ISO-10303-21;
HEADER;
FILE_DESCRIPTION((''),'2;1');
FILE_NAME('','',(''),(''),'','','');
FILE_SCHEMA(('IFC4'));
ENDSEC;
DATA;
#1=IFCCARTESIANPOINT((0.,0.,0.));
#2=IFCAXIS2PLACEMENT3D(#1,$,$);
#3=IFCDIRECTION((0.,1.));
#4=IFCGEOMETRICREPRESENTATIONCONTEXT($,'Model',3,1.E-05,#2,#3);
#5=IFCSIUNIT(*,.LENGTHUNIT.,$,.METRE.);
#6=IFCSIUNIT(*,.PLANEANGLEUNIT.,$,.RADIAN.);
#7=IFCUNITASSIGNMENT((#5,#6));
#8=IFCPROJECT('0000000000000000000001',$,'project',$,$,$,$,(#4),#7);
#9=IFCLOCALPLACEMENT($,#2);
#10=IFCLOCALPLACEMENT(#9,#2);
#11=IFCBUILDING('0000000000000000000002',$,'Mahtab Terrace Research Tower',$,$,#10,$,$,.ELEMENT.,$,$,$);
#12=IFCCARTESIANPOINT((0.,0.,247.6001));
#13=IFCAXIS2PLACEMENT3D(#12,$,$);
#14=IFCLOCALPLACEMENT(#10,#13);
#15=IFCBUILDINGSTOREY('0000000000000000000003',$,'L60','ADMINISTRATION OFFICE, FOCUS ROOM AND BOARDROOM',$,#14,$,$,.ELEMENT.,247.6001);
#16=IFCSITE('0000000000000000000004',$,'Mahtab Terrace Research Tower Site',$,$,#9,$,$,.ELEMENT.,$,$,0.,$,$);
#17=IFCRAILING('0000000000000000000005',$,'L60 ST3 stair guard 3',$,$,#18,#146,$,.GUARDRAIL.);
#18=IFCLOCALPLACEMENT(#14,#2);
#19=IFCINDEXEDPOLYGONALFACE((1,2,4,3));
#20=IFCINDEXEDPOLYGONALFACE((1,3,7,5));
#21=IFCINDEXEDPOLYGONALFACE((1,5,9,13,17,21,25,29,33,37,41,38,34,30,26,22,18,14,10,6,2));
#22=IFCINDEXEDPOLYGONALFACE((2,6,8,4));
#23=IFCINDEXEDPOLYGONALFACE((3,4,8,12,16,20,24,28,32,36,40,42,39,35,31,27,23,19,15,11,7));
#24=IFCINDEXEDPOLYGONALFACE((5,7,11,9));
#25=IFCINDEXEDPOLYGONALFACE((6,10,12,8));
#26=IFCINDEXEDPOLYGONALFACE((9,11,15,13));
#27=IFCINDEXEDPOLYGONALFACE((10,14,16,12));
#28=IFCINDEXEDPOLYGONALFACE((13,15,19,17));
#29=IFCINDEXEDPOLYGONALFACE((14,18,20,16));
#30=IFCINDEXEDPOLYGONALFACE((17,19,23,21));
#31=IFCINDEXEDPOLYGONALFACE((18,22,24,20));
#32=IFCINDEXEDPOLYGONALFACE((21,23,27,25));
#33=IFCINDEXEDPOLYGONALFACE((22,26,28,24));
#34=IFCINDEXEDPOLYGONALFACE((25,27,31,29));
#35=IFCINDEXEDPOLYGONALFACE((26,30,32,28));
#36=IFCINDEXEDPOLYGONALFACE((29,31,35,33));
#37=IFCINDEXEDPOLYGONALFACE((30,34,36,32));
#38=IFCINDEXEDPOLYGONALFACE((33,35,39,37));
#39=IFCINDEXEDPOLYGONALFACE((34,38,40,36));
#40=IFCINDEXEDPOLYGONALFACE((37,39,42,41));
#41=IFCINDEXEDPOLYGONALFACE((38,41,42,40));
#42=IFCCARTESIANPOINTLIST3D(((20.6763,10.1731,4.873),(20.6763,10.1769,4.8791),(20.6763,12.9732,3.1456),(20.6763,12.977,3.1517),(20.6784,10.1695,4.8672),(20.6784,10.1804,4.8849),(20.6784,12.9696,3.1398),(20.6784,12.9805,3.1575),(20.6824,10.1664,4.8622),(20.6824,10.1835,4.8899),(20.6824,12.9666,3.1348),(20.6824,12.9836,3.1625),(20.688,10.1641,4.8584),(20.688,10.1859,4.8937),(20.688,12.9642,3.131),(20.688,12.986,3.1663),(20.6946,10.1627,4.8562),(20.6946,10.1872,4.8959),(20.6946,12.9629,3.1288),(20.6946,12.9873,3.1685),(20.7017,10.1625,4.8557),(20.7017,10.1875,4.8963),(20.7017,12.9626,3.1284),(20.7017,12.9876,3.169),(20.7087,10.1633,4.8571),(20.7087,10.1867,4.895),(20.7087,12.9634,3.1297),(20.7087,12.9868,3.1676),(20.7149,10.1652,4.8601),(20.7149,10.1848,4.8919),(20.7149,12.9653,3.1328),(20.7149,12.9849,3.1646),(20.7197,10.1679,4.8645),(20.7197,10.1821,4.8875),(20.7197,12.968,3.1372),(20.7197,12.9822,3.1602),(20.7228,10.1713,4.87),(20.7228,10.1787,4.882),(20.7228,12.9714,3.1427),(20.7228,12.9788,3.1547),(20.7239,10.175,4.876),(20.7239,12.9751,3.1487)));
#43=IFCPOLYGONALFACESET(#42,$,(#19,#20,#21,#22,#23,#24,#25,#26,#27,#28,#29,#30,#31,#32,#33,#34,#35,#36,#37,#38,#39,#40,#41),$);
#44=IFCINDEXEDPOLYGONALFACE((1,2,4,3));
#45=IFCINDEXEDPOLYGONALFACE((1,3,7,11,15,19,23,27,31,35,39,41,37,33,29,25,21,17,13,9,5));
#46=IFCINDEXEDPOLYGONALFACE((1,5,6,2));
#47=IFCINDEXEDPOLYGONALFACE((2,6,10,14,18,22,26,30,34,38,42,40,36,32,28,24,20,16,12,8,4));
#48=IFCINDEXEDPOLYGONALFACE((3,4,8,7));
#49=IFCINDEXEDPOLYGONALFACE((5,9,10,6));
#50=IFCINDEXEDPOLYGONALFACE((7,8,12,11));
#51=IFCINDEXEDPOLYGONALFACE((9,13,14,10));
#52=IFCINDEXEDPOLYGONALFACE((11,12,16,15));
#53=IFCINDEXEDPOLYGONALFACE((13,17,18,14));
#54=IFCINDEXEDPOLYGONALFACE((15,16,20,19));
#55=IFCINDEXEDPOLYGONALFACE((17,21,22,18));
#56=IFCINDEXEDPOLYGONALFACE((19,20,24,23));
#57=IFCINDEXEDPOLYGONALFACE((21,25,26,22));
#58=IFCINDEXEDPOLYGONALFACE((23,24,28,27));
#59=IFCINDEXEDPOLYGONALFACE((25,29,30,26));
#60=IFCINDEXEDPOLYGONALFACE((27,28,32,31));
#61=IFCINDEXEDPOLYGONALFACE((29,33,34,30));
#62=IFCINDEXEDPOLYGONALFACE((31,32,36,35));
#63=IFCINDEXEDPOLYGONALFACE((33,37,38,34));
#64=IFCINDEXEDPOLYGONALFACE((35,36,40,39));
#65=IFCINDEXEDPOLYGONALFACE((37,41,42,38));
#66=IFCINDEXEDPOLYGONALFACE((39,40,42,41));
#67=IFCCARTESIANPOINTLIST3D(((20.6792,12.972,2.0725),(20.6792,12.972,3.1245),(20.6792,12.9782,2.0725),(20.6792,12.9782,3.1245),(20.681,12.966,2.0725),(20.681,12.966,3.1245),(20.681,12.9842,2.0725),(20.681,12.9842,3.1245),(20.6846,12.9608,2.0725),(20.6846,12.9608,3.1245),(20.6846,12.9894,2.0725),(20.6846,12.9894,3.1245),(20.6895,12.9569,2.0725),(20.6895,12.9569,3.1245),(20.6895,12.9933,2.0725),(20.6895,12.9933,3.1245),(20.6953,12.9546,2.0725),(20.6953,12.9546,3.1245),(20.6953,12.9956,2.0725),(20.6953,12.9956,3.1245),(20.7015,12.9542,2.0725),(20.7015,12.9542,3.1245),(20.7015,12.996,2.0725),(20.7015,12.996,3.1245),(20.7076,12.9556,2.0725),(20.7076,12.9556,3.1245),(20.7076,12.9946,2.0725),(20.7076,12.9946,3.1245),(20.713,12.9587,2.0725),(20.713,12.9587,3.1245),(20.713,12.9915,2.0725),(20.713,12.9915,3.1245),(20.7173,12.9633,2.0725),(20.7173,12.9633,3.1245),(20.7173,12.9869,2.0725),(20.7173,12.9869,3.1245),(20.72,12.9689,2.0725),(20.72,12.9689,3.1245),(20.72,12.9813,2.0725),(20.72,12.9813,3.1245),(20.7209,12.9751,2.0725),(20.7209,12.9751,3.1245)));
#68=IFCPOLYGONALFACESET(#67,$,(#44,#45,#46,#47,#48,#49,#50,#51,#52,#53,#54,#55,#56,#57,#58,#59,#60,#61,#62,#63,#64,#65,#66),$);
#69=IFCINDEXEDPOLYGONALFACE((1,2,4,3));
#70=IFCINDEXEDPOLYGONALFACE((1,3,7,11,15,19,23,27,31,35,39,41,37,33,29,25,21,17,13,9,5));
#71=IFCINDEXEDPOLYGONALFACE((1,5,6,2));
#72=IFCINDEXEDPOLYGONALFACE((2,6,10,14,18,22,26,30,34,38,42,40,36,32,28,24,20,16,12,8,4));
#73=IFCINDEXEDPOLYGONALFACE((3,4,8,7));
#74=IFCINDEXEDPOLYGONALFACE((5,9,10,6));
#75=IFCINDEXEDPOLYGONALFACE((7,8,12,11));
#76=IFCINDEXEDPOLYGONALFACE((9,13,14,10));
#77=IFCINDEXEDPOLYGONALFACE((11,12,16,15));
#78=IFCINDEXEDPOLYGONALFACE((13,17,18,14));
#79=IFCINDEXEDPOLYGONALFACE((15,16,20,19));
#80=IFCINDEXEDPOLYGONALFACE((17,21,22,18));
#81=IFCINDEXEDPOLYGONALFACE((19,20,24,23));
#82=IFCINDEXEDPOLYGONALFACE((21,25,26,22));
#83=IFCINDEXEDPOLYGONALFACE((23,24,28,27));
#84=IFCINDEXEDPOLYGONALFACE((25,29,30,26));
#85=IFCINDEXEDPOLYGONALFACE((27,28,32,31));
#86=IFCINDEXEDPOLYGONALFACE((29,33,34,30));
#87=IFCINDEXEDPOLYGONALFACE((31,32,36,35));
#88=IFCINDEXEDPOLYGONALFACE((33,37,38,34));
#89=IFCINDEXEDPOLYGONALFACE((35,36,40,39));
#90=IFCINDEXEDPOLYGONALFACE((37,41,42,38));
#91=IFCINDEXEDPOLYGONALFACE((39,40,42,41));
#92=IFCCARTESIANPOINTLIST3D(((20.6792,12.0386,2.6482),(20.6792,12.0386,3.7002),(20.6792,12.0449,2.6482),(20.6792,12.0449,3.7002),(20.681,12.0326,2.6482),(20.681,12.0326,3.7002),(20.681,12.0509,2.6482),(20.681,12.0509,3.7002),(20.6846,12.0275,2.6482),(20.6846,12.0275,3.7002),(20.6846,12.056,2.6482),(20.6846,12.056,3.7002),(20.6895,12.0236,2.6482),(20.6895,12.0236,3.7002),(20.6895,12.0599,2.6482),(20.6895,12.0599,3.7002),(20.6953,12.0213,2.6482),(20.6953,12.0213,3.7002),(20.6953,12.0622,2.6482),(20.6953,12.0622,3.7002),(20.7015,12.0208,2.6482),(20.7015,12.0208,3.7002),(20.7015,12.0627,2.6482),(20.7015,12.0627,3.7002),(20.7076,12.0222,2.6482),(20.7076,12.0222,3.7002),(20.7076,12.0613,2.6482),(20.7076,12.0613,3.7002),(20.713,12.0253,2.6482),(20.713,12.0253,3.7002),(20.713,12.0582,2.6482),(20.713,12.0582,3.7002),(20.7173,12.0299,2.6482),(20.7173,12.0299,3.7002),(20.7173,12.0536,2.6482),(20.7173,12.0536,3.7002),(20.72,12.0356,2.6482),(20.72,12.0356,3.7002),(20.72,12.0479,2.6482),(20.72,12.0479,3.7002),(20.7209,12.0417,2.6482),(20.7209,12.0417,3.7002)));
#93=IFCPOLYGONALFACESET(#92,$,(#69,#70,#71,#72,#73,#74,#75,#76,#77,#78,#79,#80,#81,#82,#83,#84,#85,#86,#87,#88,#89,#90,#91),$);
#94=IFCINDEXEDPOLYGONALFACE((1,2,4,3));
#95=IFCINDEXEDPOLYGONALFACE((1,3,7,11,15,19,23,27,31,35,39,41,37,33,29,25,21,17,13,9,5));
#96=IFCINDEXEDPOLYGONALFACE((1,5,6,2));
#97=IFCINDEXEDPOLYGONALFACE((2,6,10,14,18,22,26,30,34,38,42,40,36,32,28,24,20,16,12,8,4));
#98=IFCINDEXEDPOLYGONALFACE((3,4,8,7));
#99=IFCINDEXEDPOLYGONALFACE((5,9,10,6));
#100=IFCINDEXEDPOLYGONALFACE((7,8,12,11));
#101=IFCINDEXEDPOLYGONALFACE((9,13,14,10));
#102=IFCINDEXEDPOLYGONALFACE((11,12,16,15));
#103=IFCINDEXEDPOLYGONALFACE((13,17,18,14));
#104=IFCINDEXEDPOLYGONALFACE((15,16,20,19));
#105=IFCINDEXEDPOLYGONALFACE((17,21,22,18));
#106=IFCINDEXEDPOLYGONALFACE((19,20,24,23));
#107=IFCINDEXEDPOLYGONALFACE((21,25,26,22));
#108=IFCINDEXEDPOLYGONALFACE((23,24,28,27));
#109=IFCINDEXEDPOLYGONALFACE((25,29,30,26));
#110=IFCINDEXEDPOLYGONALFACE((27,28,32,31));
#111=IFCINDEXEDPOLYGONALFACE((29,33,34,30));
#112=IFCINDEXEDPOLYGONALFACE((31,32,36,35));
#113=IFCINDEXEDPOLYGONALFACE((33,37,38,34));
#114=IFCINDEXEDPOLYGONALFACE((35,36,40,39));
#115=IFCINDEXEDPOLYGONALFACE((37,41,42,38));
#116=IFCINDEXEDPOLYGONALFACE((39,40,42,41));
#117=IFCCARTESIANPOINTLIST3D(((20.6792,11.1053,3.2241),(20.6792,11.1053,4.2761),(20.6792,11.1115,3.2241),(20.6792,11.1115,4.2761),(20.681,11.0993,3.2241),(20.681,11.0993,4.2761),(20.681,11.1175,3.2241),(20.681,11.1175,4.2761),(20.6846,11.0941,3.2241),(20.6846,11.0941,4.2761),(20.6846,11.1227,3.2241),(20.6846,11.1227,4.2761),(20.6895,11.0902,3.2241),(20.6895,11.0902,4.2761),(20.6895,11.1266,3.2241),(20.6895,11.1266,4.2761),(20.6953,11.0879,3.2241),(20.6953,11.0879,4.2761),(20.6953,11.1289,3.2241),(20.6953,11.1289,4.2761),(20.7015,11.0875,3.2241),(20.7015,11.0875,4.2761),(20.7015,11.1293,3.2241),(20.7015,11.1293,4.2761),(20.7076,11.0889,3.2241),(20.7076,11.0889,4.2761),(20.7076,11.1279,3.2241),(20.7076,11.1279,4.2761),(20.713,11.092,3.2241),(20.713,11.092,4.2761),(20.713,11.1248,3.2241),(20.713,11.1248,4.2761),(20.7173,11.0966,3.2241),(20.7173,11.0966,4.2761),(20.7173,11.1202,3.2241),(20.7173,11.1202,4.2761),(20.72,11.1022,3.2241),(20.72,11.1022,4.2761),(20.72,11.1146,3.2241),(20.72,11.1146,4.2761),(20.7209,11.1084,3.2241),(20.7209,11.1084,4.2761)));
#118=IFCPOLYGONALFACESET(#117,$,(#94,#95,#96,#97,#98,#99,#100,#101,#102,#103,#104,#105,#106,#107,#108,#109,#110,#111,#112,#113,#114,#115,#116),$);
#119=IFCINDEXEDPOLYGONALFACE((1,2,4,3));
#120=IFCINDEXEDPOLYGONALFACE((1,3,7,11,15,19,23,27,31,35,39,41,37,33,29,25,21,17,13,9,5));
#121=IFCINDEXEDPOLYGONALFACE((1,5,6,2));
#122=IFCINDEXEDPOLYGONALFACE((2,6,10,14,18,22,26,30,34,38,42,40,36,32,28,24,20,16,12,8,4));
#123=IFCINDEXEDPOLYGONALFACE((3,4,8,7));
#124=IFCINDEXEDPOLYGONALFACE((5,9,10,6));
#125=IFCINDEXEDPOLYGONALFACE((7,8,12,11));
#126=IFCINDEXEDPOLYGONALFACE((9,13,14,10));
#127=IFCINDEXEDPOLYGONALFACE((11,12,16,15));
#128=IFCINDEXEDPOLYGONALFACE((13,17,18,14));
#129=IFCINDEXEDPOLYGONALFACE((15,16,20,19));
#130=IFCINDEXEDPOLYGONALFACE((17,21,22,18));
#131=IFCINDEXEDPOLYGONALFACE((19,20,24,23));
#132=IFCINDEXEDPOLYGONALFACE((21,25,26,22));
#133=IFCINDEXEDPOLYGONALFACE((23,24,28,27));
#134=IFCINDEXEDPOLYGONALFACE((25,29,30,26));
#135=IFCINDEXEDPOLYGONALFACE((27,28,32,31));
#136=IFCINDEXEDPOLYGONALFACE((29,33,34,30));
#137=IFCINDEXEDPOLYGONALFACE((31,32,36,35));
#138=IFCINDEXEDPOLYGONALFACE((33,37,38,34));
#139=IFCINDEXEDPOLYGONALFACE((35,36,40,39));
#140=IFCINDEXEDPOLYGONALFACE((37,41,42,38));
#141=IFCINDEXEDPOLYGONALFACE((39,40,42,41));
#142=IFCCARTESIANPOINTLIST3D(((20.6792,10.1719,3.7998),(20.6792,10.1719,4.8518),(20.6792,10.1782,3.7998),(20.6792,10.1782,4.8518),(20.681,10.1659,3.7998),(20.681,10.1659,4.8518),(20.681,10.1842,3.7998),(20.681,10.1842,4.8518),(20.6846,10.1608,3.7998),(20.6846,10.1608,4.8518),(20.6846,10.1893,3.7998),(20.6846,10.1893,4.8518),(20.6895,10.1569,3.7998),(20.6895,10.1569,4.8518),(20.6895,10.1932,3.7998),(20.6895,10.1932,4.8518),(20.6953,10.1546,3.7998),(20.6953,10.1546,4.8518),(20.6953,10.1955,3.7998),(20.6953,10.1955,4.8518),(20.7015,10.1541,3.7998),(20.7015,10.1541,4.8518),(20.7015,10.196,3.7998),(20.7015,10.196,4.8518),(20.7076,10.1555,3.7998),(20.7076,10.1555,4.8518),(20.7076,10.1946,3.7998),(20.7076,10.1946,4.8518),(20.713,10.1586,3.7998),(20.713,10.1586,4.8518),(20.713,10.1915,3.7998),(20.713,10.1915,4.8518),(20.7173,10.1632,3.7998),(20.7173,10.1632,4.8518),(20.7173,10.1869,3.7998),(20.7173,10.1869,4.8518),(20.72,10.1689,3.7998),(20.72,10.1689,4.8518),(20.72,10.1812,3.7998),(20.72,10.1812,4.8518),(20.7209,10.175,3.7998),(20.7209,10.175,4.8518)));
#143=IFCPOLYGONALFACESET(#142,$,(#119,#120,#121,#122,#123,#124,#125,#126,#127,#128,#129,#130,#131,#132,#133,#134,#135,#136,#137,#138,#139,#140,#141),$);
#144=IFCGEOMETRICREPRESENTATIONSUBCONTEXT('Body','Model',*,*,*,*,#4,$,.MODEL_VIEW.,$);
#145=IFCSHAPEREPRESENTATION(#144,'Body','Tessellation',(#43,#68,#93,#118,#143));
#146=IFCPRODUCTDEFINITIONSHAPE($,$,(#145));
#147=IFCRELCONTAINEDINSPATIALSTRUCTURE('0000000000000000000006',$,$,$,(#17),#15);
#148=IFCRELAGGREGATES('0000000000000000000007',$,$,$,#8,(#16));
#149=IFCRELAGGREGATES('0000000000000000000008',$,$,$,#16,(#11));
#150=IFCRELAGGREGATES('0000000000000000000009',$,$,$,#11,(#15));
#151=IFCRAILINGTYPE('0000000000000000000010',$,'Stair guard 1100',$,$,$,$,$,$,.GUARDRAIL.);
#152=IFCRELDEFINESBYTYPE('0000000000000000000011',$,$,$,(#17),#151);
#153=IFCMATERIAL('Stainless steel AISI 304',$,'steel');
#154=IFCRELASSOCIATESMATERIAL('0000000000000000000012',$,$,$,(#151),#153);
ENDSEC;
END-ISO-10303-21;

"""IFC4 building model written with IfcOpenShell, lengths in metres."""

from ifc_helpers import new_model, si_unit, direction, frame, origin, origin_2d, place, context, subcontext, project, spatial, circle, extrude, material, type_object, element, save


model = new_model("IFC4")

# Units and contexts
model_context = context("Model", 3, precision=1e-05, world=origin(), true_north=direction((0.0, 1.0)))
body_context = subcontext(model_context, "Body", "Model", "MODEL_VIEW")
ifc_project = project(units=[si_unit("LENGTHUNIT", "METRE"), si_unit("PLANEANGLEUNIT", "RADIAN")], contexts=[model_context])

# Site, building, storey
site_placement = place(None, origin())
site = spatial("IfcSite", under=ifc_project, at=site_placement, Name="Mahtab Terrace Research Tower Site", CompositionType="ELEMENT", RefElevation=0.0)
building_placement = place(site_placement, origin())
building = spatial("IfcBuilding", under=site, at=building_placement, Name="Mahtab Terrace Research Tower", CompositionType="ELEMENT")
storey_placement = place(building_placement, frame((0.0, 0.0, 247.6001)))
storey = spatial("IfcBuildingStorey", under=building, at=storey_placement, Name="L60", Description="ADMINISTRATION OFFICE, FOCUS ROOM AND BOARDROOM", CompositionType="ELEMENT", Elevation=247.6001)

# Shared definitions
ifc_material_1 = material(Name="Stainless steel AISI 304", Category="steel")

# Railing
railing_type_1 = type_object("IfcRailingType", Name="Stair guard 1100", PredefinedType="GUARDRAIL", material=ifc_material_1)
railing_1_placement = place(storey_placement, frame((20.7, 12.9751, 2.0725)))
element("IfcRailing", 1, at=railing_1_placement, inside=storey, type_object=railing_type_1, Name="L60 ST3 stair guard 3", PredefinedType="GUARDRAIL", context=body_context, shape_type="SweptSolid", body=[
    extrude(circle(Radius=0.0239, at=origin_2d()), frame((0.0, 0.0, 1.0762), z_axis=(0.0, -0.85109, 0.52502), x_axis=(1.0, 0.0, 0.0)), (0.0, 0.0, 1.0), 3.29),
    extrude(circle(Radius=0.021, at=origin_2d()), origin(), (0.0, 0.0, 1.0), 1.052),
    extrude(circle(Radius=0.021, at=origin_2d()), frame((0.0, -0.9333, 0.5757)), (0.0, 0.0, 1.0), 1.052),
    extrude(circle(Radius=0.021, at=origin_2d()), frame((0.0, -1.8667, 1.1516)), (0.0, 0.0, 1.0), 1.052),
    extrude(circle(Radius=0.021, at=origin_2d()), frame((0.0, -2.8, 1.7273)), (0.0, 0.0, 1.0), 1.052),
])

save(model, "model.ifc")
